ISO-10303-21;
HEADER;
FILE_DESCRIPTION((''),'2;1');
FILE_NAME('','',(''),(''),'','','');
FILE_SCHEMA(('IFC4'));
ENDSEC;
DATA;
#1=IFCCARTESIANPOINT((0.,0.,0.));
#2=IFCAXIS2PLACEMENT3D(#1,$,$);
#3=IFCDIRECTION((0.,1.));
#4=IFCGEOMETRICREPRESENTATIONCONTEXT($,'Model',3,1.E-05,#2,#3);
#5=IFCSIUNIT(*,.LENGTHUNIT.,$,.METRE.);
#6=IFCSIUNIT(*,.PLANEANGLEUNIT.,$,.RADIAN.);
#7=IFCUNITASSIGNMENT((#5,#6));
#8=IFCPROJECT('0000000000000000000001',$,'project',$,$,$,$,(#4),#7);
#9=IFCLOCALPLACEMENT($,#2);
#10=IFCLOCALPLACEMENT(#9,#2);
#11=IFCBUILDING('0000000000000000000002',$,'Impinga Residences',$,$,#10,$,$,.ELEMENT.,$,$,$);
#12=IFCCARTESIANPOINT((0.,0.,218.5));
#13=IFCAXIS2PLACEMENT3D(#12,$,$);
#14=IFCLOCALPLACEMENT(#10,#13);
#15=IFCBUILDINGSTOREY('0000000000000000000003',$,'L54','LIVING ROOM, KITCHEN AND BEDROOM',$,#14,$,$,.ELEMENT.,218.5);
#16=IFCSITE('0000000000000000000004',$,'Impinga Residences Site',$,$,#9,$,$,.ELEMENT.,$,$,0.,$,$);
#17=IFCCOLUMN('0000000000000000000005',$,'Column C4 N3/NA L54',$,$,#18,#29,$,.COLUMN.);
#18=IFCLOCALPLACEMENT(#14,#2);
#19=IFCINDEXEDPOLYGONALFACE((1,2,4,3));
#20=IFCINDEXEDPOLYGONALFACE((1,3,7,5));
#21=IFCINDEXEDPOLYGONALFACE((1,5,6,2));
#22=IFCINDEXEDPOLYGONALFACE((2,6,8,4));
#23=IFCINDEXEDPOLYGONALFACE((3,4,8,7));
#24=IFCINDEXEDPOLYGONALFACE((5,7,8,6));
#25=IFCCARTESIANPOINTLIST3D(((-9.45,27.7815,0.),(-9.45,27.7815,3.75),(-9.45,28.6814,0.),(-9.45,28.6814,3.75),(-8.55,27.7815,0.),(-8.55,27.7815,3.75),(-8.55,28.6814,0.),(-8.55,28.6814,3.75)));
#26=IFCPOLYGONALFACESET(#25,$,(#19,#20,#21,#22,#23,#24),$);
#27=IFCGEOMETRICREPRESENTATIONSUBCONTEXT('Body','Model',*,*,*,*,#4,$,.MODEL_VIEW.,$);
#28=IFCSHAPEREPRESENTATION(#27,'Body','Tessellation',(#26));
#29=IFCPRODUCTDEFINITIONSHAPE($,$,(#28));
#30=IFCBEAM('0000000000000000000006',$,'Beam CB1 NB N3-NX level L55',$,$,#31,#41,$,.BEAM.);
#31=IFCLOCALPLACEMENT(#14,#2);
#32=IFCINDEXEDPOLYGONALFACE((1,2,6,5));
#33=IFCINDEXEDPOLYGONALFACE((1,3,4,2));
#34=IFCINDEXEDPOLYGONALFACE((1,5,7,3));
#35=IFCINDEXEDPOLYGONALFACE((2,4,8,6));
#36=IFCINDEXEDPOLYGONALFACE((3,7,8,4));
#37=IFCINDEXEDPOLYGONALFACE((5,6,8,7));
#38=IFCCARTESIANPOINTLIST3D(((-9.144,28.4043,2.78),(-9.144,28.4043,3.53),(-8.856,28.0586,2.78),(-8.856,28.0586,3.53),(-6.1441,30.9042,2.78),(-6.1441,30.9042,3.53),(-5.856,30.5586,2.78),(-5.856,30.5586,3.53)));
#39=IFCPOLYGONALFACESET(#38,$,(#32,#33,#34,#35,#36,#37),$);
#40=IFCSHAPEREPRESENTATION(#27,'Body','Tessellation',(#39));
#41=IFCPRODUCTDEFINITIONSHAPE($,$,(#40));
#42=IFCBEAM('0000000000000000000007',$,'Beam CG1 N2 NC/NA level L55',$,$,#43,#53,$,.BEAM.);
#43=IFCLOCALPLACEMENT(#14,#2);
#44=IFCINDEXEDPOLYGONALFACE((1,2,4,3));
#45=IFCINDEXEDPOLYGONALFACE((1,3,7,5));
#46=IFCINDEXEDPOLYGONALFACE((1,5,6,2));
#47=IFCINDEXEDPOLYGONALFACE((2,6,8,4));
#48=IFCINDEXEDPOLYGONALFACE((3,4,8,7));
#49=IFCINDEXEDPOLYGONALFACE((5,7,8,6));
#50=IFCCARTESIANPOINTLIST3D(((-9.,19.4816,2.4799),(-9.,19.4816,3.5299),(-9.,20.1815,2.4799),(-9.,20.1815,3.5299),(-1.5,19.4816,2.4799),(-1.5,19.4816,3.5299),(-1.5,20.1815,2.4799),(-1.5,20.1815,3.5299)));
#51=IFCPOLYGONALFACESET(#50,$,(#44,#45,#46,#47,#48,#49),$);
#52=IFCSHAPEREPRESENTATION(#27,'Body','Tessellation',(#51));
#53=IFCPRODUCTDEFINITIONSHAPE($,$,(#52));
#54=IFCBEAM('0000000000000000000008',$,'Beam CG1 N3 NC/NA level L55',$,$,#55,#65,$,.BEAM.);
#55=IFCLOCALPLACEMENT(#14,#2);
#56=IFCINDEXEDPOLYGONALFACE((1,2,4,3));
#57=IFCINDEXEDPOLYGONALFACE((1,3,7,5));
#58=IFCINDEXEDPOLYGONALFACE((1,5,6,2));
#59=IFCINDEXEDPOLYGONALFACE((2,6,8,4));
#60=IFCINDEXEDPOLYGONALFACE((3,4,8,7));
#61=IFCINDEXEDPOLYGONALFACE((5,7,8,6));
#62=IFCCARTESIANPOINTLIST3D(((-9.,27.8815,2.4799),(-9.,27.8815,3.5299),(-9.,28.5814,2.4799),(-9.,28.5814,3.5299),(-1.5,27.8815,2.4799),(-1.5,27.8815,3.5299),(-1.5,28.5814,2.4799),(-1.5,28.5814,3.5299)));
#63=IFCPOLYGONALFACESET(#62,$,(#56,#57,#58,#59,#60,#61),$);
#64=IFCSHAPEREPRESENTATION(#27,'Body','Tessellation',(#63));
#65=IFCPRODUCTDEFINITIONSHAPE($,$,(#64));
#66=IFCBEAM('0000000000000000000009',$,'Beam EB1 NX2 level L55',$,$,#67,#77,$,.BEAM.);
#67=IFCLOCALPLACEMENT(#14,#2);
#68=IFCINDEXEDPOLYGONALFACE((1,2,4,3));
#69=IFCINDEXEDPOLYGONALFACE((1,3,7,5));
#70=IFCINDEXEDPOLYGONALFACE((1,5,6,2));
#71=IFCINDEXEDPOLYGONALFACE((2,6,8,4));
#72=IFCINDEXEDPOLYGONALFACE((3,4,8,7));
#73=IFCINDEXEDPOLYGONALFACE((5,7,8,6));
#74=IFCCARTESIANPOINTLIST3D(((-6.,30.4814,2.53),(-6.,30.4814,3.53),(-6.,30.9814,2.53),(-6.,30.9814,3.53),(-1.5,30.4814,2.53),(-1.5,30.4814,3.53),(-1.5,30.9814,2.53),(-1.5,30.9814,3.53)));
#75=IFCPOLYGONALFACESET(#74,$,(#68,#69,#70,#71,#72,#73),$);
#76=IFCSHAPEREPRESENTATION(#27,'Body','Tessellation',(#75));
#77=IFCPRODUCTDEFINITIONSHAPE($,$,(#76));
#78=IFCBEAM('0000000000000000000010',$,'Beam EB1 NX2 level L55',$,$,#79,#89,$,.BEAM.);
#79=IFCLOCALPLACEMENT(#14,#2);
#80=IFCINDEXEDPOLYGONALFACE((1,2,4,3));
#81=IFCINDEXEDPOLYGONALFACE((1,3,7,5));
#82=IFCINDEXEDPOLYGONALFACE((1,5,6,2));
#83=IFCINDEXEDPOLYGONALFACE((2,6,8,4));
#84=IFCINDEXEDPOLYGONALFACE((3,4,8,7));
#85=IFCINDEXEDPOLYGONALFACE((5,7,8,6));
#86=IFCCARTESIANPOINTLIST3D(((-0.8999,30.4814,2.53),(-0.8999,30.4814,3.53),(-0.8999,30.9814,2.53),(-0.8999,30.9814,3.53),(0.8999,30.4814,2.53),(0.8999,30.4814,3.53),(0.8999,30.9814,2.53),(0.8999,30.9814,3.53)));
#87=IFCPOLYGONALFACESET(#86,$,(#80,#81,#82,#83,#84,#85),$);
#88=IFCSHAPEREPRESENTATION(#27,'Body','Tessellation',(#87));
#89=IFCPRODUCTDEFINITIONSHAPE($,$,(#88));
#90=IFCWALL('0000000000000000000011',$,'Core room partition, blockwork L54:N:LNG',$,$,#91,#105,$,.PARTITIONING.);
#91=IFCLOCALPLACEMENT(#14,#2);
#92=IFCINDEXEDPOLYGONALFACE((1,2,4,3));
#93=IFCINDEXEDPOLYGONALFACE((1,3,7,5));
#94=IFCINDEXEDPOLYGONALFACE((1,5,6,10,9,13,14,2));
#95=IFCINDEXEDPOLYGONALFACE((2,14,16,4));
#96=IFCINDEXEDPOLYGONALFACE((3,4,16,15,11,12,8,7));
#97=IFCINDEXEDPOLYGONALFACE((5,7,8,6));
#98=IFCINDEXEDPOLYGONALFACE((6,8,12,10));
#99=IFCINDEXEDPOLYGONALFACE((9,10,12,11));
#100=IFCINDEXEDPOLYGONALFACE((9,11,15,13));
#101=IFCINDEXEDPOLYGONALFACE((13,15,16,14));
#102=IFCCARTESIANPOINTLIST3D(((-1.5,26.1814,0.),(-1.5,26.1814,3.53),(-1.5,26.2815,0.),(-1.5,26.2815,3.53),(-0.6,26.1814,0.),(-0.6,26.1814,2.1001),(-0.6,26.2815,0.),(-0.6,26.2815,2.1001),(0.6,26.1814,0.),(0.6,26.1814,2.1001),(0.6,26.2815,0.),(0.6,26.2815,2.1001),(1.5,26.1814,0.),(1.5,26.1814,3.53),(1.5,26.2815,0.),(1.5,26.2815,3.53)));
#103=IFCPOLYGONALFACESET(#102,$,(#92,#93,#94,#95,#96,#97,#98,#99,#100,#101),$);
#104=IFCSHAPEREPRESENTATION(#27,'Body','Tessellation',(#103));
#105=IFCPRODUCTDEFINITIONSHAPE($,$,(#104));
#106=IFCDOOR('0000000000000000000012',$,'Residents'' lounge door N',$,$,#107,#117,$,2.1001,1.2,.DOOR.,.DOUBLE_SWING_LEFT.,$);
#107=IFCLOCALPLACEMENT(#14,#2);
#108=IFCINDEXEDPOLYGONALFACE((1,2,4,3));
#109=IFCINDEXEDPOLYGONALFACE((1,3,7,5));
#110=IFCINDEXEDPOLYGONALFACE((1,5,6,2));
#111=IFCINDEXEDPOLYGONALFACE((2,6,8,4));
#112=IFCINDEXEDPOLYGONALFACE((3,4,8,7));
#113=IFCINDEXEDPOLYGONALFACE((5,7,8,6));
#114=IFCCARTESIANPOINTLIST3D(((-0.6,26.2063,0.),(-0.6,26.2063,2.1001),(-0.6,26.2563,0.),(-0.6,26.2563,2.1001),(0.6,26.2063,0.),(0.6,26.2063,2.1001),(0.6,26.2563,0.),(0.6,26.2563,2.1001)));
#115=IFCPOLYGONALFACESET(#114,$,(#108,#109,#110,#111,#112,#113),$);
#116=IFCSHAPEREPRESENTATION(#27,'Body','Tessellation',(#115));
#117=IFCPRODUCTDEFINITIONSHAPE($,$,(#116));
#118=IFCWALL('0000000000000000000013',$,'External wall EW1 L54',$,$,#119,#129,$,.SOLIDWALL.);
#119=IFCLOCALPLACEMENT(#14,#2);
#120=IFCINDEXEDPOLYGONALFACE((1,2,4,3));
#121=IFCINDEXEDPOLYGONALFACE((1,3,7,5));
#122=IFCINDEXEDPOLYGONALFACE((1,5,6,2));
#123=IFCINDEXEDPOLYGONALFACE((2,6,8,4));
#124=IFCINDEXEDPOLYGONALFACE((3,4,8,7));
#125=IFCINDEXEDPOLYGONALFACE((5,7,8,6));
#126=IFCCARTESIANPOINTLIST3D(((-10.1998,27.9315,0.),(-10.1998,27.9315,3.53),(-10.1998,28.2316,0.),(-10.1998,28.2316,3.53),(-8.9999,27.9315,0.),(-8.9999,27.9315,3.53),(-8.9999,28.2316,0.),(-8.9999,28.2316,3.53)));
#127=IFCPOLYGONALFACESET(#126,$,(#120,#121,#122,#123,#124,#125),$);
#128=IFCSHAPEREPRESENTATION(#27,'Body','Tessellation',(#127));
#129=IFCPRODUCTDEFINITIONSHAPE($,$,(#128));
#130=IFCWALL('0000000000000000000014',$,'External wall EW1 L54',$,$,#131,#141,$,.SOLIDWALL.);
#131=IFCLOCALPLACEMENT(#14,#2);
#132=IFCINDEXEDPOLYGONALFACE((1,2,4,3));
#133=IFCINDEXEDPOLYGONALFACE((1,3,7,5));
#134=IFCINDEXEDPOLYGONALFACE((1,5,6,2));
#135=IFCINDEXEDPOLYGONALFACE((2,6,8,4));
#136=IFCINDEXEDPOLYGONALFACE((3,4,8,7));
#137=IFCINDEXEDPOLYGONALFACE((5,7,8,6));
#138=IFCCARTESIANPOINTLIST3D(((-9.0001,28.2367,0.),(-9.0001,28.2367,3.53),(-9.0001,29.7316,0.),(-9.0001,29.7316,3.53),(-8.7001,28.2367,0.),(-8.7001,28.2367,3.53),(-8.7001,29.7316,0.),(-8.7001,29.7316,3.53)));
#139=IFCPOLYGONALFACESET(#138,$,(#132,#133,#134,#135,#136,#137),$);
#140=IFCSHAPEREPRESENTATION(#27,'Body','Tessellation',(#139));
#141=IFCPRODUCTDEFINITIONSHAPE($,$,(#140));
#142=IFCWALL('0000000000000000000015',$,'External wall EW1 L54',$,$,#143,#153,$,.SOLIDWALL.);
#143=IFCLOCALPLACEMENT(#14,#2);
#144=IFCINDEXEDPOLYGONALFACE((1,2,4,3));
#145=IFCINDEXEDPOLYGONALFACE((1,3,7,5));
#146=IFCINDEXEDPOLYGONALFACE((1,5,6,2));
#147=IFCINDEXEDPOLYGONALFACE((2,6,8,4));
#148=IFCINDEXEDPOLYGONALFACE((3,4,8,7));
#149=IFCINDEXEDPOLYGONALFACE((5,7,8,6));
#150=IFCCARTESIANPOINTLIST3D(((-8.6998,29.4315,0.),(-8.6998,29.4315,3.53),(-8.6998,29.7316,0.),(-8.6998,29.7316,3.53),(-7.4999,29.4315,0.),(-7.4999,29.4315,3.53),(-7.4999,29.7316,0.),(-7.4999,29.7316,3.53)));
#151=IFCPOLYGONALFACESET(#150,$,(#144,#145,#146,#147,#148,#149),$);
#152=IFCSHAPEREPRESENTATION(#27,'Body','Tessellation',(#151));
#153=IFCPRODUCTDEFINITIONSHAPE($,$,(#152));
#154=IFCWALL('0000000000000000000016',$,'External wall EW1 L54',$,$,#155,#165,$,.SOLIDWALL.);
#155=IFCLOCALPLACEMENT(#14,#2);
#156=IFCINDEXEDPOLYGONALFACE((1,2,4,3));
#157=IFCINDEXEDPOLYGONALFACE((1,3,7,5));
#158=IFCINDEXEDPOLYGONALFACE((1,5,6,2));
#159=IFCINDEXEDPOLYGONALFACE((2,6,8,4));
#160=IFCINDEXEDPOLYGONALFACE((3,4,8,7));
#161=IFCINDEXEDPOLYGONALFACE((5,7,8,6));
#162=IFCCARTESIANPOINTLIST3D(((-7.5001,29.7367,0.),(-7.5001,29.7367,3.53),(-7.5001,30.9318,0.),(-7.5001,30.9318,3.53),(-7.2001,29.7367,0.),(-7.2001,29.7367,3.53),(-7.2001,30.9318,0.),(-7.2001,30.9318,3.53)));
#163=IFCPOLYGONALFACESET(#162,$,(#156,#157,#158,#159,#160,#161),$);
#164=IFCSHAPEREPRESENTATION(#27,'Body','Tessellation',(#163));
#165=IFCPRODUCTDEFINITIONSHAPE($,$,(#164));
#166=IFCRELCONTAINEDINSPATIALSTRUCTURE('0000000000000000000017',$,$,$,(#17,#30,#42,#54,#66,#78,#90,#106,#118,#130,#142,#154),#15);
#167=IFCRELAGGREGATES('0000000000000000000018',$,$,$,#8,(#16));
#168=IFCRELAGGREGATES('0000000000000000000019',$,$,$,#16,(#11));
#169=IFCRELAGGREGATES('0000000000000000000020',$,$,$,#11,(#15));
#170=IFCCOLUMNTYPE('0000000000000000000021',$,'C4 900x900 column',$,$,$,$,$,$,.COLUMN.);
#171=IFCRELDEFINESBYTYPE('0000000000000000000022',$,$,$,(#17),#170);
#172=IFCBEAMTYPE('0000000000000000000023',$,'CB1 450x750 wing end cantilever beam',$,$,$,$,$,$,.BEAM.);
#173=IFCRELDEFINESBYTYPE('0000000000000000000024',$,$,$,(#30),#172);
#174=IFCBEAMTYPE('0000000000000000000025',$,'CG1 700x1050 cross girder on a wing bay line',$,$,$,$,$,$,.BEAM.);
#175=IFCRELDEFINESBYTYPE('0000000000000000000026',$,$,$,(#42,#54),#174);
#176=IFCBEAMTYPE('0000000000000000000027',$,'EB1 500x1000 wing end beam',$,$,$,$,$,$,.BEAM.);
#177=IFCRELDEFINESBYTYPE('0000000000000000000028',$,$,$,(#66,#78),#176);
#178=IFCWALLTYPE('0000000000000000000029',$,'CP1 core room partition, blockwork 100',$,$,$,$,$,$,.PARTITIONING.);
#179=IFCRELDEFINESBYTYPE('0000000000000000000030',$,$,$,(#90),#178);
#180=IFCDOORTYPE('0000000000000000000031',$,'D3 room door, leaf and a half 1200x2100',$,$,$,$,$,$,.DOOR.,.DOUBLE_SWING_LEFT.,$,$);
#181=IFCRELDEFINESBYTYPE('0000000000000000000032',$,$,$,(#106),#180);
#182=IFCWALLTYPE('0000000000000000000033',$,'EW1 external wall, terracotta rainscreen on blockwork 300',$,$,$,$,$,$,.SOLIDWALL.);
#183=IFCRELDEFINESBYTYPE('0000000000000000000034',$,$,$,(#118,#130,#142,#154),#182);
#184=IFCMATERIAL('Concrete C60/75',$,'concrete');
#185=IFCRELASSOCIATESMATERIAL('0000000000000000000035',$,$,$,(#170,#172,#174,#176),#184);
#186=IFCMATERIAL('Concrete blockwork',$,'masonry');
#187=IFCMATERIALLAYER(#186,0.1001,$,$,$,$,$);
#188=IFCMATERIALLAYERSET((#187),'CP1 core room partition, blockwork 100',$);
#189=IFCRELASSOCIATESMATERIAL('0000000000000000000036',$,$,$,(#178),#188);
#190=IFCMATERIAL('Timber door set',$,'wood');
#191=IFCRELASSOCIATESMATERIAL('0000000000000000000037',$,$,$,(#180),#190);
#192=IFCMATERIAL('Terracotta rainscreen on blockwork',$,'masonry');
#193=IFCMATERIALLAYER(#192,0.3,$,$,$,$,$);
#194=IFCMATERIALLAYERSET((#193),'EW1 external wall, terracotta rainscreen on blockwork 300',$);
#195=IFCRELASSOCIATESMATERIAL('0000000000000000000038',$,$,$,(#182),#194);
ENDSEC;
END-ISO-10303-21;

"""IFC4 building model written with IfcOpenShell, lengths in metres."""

from ifc_helpers import new_model, si_unit, direction, frame, frame_2d, origin, origin_2d, place, context, subcontext, project, spatial, rectangle, extrude, material, layer, layer_set, material_profile, profile_set, type_object, element, fill, save


model = new_model("IFC4")

# Units and contexts
model_context = context("Model", 3, precision=1e-05, world=origin(), true_north=direction((0.0, 1.0)))
body_context = subcontext(model_context, "Body", "Model", "MODEL_VIEW")
ifc_project = project(units=[si_unit("LENGTHUNIT", "METRE"), si_unit("PLANEANGLEUNIT", "RADIAN")], contexts=[model_context])

# Site, building, storey
site_placement = place(None, origin())
site = spatial("IfcSite", under=ifc_project, at=site_placement, Name="Impinga Residences Site", CompositionType="ELEMENT", RefElevation=0.0)
building_placement = place(site_placement, origin())
building = spatial("IfcBuilding", under=site, at=building_placement, Name="Impinga Residences", CompositionType="ELEMENT")
storey_placement = place(building_placement, frame((0.0, 0.0, 218.5)))
storey = spatial("IfcBuildingStorey", under=building, at=storey_placement, Name="L54", Description="LIVING ROOM, KITCHEN AND BEDROOM", CompositionType="ELEMENT", Elevation=218.5)

# Column
ifc_material_1 = material(Name="Concrete C60/75", Category="concrete")
ifc_material_profile_1 = material_profile(ifc_material_1, rectangle(XDim=0.8999, YDim=0.8999, at=origin_2d()), Name="RC 900x900")
ifc_profile_set_1 = profile_set([ifc_material_profile_1], Name="Concrete C60/75")
column_type = type_object("IfcColumnType", Name="C4 900x900 column", PredefinedType="COLUMN", material=ifc_profile_set_1)
column_placement = place(storey_placement, frame((-9.0, 28.2314, 0.0), z_axis=(0.0, 0.0, 1.0), x_axis=(1.0, 0.0, 0.0)))
element("IfcColumn", 1, at=column_placement, inside=storey, type_object=column_type, Name="Column C4 N3/NA L54", PredefinedType="COLUMN", context=body_context, shape_type="SweptSolid", body=[
    extrude(rectangle(XDim=0.8999, YDim=0.8999, at=origin_2d()), origin(), (0.0, 0.0, 1.0), 3.75),
])

# Beams
ifc_material_profile_2 = material_profile(ifc_material_1, rectangle(XDim=0.45, YDim=0.75, at=origin_2d()), Name="RC 450x750")
ifc_profile_set_2 = profile_set([ifc_material_profile_2], Name="Concrete C60/75")
beam_type_1 = type_object("IfcBeamType", Name="CB1 450x750 wing end cantilever beam", PredefinedType="BEAM", material=ifc_profile_set_2)
beam_1_placement = place(storey_placement, frame((-9.0, 28.2314, 3.155), z_axis=(0.768221, 0.640184, 0.0), x_axis=(-0.640184, 0.768221, 0.0)))
element("IfcBeam", 2, at=beam_1_placement, inside=storey, type_object=beam_type_1, Name="Beam CB1 NB N3-NX level L55", PredefinedType="BEAM", context=body_context, shape_type="SweptSolid", body=[
    extrude(rectangle(XDim=0.45, YDim=0.75, at=origin_2d()), origin(), (0.0, 0.0, 1.0), 3.905),
])
ifc_material_profile_3 = material_profile(ifc_material_1, rectangle(XDim=0.7, YDim=1.05, at=origin_2d()), Name="RC 700x1050")
ifc_profile_set_3 = profile_set([ifc_material_profile_3], Name="Concrete C60/75")
beam_type_2 = type_object("IfcBeamType", Name="CG1 700x1050 cross girder on a wing bay line", PredefinedType="BEAM", material=ifc_profile_set_3)
for number, where, z_axis, x_axis, name in (
    (3, (-1.5, 19.8315, 3.0049), (-1.0, 0.0, 0.0), (0.0, -1.0, 0.0), "Beam CG1 N2 NC/NA level L55"),
    (4, (-1.5, 28.2314, 3.0049), (-1.0, 0.0, 0.0), (0.0, -1.0, 0.0), "Beam CG1 N3 NC/NA level L55"),
):
    element("IfcBeam", number, at=place(storey_placement, frame(where, z_axis=z_axis, x_axis=x_axis)), inside=storey, type_object=beam_type_2, Name=name, PredefinedType="BEAM", context=body_context, shape_type="SweptSolid", body=[
        extrude(rectangle(XDim=0.7, YDim=1.05, at=origin_2d()), origin(), (0.0, 0.0, 1.0), 7.5),
    ])
ifc_material_profile_4 = material_profile(ifc_material_1, rectangle(XDim=0.5, YDim=1.0, at=origin_2d()), Name="RC 500x1000")
ifc_profile_set_4 = profile_set([ifc_material_profile_4], Name="Concrete C60/75")
beam_type_3 = type_object("IfcBeamType", Name="EB1 500x1000 wing end beam", PredefinedType="BEAM", material=ifc_profile_set_4)
beam_2_placement = place(storey_placement, frame((-6.0, 30.7314, 3.03), z_axis=(1.0, 0.0, 0.0), x_axis=(0.0, 1.0, 0.0)))
element("IfcBeam", 5, at=beam_2_placement, inside=storey, type_object=beam_type_3, Name="Beam EB1 NX2 level L55", PredefinedType="BEAM", context=body_context, shape_type="SweptSolid", body=[
    extrude(rectangle(XDim=0.5, YDim=1.0, at=origin_2d()), origin(), (0.0, 0.0, 1.0), 4.5),
])
beam_3_placement = place(storey_placement, frame((-0.8999, 30.7314, 3.03), z_axis=(1.0, 0.0, 0.0), x_axis=(0.0, 1.0, 0.0)))
element("IfcBeam", 6, at=beam_3_placement, inside=storey, type_object=beam_type_3, Name="Beam EB1 NX2 level L55", PredefinedType="BEAM", context=body_context, shape_type="SweptSolid", body=[
    extrude(rectangle(XDim=0.5, YDim=1.0, at=origin_2d()), origin(), (0.0, 0.0, 1.0), 1.7998),
])

# Wall, opening, door
ifc_material_2 = material(Name="Concrete blockwork", Category="masonry")
ifc_layer_1 = layer(ifc_material_2, 0.1001)
ifc_layer_set_1 = layer_set([ifc_layer_1], Name="CP1 core room partition, blockwork 100")
wall_type_1 = type_object("IfcWallType", Name="CP1 core room partition, blockwork 100", PredefinedType="PARTITIONING", material=ifc_layer_set_1)
wall_1_placement = place(storey_placement, frame((-1.5, 26.2314, 0.0), z_axis=(0.0, 0.0, 1.0), x_axis=(1.0, 0.0, 0.0)))
wall_1 = element("IfcWall", 7, at=wall_1_placement, inside=storey, type_object=wall_type_1, Name="Core room partition, blockwork L54:N:LNG", PredefinedType="PARTITIONING", context=body_context, shape_type="SweptSolid", body=[
    extrude(rectangle(XDim=3.0, YDim=0.1001, at=frame_2d((1.5, 0.0))), origin(), (0.0, 0.0, 1.0), 3.53),
])
opening_1_placement = place(wall_1_placement, frame((0.8999, 0.0, 0.0)))
opening_1 = element("IfcOpeningElement", 8, at=opening_1_placement, cuts=wall_1, PredefinedType="OPENING", context=body_context, shape_type="SweptSolid", body=[
    extrude(rectangle(XDim=1.2, YDim=2.1001, at=frame_2d((0.6001, 1.05))), frame((0.0, 0.0601, 0.0), z_axis=(0.0, -1.0, 0.0), x_axis=(1.0, 0.0, 0.0)), (0.0, 0.0, 1.0), 0.1201),
])
ifc_material_3 = material(Name="Timber door set", Category="wood")
door_type_1 = type_object("IfcDoorType", Name="D3 room door, leaf and a half 1200x2100", OperationType="DOUBLE_SWING_LEFT", PredefinedType="DOOR", material=ifc_material_3)
door_1_placement = place(opening_1_placement, origin())
door_1 = element("IfcDoor", 9, at=door_1_placement, inside=storey, type_object=door_type_1, Name="Residents' lounge door N", OperationType="DOUBLE_SWING_LEFT", OverallHeight=2.1001, OverallWidth=1.2, PredefinedType="DOOR", context=body_context, shape_type="SweptSolid", body=[
    extrude(rectangle(XDim=1.2, YDim=2.1001, at=frame_2d((0.6001, 1.05))), frame((0.0, 0.0249, 0.0), z_axis=(0.0, -1.0, 0.0), x_axis=(1.0, 0.0, 0.0)), (0.0, 0.0, 1.0), 0.05),
])
fill(opening_1, door_1)

# Walls
ifc_material_4 = material(Name="Terracotta rainscreen on blockwork", Category="masonry")
ifc_layer_2 = layer(ifc_material_4, 0.3)
ifc_layer_set_2 = layer_set([ifc_layer_2], Name="EW1 external wall, terracotta rainscreen on blockwork 300")
wall_type_2 = type_object("IfcWallType", Name="EW1 external wall, terracotta rainscreen on blockwork 300", PredefinedType="SOLIDWALL", material=ifc_layer_set_2)
wall_2_placement = place(storey_placement, frame((-10.2, 28.0815, 0.0), z_axis=(0.0, 0.0, 1.0), x_axis=(1.0, 0.0, 0.0)))
element("IfcWall", 10, at=wall_2_placement, inside=storey, type_object=wall_type_2, Name="External wall EW1 L54", PredefinedType="SOLIDWALL", context=body_context, shape_type="SweptSolid", body=[
    extrude(rectangle(XDim=1.2, YDim=0.3, at=frame_2d((0.6001, 0.0))), origin(), (0.0, 0.0, 1.0), 3.53),
])
wall_3_placement = place(storey_placement, frame((-8.8501, 28.2366, 0.0), z_axis=(0.0, 0.0, 1.0), x_axis=(0.0, 1.0, 0.0)))
element("IfcWall", 11, at=wall_3_placement, inside=storey, type_object=wall_type_2, Name="External wall EW1 L54", PredefinedType="SOLIDWALL", context=body_context, shape_type="SweptSolid", body=[
    extrude(rectangle(XDim=1.4949, YDim=0.3, at=frame_2d((0.7476, 0.0))), origin(), (0.0, 0.0, 1.0), 3.53),
])
wall_4_placement = place(storey_placement, frame((-8.7, 29.5815, 0.0), z_axis=(0.0, 0.0, 1.0), x_axis=(1.0, 0.0, 0.0)))
element("IfcWall", 12, at=wall_4_placement, inside=storey, type_object=wall_type_2, Name="External wall EW1 L54", PredefinedType="SOLIDWALL", context=body_context, shape_type="SweptSolid", body=[
    extrude(rectangle(XDim=1.2, YDim=0.3, at=frame_2d((0.6001, 0.0))), origin(), (0.0, 0.0, 1.0), 3.53),
])
wall_5_placement = place(storey_placement, frame((-7.3501, 29.7366, 0.0), z_axis=(0.0, 0.0, 1.0), x_axis=(0.0, 1.0, 0.0)))
element("IfcWall", 13, at=wall_5_placement, inside=storey, type_object=wall_type_2, Name="External wall EW1 L54", PredefinedType="SOLIDWALL", context=body_context, shape_type="SweptSolid", body=[
    extrude(rectangle(XDim=1.1951, YDim=0.3, at=frame_2d((0.5977, 0.0))), origin(), (0.0, 0.0, 1.0), 3.53),
])

save(model, "model.ifc")
